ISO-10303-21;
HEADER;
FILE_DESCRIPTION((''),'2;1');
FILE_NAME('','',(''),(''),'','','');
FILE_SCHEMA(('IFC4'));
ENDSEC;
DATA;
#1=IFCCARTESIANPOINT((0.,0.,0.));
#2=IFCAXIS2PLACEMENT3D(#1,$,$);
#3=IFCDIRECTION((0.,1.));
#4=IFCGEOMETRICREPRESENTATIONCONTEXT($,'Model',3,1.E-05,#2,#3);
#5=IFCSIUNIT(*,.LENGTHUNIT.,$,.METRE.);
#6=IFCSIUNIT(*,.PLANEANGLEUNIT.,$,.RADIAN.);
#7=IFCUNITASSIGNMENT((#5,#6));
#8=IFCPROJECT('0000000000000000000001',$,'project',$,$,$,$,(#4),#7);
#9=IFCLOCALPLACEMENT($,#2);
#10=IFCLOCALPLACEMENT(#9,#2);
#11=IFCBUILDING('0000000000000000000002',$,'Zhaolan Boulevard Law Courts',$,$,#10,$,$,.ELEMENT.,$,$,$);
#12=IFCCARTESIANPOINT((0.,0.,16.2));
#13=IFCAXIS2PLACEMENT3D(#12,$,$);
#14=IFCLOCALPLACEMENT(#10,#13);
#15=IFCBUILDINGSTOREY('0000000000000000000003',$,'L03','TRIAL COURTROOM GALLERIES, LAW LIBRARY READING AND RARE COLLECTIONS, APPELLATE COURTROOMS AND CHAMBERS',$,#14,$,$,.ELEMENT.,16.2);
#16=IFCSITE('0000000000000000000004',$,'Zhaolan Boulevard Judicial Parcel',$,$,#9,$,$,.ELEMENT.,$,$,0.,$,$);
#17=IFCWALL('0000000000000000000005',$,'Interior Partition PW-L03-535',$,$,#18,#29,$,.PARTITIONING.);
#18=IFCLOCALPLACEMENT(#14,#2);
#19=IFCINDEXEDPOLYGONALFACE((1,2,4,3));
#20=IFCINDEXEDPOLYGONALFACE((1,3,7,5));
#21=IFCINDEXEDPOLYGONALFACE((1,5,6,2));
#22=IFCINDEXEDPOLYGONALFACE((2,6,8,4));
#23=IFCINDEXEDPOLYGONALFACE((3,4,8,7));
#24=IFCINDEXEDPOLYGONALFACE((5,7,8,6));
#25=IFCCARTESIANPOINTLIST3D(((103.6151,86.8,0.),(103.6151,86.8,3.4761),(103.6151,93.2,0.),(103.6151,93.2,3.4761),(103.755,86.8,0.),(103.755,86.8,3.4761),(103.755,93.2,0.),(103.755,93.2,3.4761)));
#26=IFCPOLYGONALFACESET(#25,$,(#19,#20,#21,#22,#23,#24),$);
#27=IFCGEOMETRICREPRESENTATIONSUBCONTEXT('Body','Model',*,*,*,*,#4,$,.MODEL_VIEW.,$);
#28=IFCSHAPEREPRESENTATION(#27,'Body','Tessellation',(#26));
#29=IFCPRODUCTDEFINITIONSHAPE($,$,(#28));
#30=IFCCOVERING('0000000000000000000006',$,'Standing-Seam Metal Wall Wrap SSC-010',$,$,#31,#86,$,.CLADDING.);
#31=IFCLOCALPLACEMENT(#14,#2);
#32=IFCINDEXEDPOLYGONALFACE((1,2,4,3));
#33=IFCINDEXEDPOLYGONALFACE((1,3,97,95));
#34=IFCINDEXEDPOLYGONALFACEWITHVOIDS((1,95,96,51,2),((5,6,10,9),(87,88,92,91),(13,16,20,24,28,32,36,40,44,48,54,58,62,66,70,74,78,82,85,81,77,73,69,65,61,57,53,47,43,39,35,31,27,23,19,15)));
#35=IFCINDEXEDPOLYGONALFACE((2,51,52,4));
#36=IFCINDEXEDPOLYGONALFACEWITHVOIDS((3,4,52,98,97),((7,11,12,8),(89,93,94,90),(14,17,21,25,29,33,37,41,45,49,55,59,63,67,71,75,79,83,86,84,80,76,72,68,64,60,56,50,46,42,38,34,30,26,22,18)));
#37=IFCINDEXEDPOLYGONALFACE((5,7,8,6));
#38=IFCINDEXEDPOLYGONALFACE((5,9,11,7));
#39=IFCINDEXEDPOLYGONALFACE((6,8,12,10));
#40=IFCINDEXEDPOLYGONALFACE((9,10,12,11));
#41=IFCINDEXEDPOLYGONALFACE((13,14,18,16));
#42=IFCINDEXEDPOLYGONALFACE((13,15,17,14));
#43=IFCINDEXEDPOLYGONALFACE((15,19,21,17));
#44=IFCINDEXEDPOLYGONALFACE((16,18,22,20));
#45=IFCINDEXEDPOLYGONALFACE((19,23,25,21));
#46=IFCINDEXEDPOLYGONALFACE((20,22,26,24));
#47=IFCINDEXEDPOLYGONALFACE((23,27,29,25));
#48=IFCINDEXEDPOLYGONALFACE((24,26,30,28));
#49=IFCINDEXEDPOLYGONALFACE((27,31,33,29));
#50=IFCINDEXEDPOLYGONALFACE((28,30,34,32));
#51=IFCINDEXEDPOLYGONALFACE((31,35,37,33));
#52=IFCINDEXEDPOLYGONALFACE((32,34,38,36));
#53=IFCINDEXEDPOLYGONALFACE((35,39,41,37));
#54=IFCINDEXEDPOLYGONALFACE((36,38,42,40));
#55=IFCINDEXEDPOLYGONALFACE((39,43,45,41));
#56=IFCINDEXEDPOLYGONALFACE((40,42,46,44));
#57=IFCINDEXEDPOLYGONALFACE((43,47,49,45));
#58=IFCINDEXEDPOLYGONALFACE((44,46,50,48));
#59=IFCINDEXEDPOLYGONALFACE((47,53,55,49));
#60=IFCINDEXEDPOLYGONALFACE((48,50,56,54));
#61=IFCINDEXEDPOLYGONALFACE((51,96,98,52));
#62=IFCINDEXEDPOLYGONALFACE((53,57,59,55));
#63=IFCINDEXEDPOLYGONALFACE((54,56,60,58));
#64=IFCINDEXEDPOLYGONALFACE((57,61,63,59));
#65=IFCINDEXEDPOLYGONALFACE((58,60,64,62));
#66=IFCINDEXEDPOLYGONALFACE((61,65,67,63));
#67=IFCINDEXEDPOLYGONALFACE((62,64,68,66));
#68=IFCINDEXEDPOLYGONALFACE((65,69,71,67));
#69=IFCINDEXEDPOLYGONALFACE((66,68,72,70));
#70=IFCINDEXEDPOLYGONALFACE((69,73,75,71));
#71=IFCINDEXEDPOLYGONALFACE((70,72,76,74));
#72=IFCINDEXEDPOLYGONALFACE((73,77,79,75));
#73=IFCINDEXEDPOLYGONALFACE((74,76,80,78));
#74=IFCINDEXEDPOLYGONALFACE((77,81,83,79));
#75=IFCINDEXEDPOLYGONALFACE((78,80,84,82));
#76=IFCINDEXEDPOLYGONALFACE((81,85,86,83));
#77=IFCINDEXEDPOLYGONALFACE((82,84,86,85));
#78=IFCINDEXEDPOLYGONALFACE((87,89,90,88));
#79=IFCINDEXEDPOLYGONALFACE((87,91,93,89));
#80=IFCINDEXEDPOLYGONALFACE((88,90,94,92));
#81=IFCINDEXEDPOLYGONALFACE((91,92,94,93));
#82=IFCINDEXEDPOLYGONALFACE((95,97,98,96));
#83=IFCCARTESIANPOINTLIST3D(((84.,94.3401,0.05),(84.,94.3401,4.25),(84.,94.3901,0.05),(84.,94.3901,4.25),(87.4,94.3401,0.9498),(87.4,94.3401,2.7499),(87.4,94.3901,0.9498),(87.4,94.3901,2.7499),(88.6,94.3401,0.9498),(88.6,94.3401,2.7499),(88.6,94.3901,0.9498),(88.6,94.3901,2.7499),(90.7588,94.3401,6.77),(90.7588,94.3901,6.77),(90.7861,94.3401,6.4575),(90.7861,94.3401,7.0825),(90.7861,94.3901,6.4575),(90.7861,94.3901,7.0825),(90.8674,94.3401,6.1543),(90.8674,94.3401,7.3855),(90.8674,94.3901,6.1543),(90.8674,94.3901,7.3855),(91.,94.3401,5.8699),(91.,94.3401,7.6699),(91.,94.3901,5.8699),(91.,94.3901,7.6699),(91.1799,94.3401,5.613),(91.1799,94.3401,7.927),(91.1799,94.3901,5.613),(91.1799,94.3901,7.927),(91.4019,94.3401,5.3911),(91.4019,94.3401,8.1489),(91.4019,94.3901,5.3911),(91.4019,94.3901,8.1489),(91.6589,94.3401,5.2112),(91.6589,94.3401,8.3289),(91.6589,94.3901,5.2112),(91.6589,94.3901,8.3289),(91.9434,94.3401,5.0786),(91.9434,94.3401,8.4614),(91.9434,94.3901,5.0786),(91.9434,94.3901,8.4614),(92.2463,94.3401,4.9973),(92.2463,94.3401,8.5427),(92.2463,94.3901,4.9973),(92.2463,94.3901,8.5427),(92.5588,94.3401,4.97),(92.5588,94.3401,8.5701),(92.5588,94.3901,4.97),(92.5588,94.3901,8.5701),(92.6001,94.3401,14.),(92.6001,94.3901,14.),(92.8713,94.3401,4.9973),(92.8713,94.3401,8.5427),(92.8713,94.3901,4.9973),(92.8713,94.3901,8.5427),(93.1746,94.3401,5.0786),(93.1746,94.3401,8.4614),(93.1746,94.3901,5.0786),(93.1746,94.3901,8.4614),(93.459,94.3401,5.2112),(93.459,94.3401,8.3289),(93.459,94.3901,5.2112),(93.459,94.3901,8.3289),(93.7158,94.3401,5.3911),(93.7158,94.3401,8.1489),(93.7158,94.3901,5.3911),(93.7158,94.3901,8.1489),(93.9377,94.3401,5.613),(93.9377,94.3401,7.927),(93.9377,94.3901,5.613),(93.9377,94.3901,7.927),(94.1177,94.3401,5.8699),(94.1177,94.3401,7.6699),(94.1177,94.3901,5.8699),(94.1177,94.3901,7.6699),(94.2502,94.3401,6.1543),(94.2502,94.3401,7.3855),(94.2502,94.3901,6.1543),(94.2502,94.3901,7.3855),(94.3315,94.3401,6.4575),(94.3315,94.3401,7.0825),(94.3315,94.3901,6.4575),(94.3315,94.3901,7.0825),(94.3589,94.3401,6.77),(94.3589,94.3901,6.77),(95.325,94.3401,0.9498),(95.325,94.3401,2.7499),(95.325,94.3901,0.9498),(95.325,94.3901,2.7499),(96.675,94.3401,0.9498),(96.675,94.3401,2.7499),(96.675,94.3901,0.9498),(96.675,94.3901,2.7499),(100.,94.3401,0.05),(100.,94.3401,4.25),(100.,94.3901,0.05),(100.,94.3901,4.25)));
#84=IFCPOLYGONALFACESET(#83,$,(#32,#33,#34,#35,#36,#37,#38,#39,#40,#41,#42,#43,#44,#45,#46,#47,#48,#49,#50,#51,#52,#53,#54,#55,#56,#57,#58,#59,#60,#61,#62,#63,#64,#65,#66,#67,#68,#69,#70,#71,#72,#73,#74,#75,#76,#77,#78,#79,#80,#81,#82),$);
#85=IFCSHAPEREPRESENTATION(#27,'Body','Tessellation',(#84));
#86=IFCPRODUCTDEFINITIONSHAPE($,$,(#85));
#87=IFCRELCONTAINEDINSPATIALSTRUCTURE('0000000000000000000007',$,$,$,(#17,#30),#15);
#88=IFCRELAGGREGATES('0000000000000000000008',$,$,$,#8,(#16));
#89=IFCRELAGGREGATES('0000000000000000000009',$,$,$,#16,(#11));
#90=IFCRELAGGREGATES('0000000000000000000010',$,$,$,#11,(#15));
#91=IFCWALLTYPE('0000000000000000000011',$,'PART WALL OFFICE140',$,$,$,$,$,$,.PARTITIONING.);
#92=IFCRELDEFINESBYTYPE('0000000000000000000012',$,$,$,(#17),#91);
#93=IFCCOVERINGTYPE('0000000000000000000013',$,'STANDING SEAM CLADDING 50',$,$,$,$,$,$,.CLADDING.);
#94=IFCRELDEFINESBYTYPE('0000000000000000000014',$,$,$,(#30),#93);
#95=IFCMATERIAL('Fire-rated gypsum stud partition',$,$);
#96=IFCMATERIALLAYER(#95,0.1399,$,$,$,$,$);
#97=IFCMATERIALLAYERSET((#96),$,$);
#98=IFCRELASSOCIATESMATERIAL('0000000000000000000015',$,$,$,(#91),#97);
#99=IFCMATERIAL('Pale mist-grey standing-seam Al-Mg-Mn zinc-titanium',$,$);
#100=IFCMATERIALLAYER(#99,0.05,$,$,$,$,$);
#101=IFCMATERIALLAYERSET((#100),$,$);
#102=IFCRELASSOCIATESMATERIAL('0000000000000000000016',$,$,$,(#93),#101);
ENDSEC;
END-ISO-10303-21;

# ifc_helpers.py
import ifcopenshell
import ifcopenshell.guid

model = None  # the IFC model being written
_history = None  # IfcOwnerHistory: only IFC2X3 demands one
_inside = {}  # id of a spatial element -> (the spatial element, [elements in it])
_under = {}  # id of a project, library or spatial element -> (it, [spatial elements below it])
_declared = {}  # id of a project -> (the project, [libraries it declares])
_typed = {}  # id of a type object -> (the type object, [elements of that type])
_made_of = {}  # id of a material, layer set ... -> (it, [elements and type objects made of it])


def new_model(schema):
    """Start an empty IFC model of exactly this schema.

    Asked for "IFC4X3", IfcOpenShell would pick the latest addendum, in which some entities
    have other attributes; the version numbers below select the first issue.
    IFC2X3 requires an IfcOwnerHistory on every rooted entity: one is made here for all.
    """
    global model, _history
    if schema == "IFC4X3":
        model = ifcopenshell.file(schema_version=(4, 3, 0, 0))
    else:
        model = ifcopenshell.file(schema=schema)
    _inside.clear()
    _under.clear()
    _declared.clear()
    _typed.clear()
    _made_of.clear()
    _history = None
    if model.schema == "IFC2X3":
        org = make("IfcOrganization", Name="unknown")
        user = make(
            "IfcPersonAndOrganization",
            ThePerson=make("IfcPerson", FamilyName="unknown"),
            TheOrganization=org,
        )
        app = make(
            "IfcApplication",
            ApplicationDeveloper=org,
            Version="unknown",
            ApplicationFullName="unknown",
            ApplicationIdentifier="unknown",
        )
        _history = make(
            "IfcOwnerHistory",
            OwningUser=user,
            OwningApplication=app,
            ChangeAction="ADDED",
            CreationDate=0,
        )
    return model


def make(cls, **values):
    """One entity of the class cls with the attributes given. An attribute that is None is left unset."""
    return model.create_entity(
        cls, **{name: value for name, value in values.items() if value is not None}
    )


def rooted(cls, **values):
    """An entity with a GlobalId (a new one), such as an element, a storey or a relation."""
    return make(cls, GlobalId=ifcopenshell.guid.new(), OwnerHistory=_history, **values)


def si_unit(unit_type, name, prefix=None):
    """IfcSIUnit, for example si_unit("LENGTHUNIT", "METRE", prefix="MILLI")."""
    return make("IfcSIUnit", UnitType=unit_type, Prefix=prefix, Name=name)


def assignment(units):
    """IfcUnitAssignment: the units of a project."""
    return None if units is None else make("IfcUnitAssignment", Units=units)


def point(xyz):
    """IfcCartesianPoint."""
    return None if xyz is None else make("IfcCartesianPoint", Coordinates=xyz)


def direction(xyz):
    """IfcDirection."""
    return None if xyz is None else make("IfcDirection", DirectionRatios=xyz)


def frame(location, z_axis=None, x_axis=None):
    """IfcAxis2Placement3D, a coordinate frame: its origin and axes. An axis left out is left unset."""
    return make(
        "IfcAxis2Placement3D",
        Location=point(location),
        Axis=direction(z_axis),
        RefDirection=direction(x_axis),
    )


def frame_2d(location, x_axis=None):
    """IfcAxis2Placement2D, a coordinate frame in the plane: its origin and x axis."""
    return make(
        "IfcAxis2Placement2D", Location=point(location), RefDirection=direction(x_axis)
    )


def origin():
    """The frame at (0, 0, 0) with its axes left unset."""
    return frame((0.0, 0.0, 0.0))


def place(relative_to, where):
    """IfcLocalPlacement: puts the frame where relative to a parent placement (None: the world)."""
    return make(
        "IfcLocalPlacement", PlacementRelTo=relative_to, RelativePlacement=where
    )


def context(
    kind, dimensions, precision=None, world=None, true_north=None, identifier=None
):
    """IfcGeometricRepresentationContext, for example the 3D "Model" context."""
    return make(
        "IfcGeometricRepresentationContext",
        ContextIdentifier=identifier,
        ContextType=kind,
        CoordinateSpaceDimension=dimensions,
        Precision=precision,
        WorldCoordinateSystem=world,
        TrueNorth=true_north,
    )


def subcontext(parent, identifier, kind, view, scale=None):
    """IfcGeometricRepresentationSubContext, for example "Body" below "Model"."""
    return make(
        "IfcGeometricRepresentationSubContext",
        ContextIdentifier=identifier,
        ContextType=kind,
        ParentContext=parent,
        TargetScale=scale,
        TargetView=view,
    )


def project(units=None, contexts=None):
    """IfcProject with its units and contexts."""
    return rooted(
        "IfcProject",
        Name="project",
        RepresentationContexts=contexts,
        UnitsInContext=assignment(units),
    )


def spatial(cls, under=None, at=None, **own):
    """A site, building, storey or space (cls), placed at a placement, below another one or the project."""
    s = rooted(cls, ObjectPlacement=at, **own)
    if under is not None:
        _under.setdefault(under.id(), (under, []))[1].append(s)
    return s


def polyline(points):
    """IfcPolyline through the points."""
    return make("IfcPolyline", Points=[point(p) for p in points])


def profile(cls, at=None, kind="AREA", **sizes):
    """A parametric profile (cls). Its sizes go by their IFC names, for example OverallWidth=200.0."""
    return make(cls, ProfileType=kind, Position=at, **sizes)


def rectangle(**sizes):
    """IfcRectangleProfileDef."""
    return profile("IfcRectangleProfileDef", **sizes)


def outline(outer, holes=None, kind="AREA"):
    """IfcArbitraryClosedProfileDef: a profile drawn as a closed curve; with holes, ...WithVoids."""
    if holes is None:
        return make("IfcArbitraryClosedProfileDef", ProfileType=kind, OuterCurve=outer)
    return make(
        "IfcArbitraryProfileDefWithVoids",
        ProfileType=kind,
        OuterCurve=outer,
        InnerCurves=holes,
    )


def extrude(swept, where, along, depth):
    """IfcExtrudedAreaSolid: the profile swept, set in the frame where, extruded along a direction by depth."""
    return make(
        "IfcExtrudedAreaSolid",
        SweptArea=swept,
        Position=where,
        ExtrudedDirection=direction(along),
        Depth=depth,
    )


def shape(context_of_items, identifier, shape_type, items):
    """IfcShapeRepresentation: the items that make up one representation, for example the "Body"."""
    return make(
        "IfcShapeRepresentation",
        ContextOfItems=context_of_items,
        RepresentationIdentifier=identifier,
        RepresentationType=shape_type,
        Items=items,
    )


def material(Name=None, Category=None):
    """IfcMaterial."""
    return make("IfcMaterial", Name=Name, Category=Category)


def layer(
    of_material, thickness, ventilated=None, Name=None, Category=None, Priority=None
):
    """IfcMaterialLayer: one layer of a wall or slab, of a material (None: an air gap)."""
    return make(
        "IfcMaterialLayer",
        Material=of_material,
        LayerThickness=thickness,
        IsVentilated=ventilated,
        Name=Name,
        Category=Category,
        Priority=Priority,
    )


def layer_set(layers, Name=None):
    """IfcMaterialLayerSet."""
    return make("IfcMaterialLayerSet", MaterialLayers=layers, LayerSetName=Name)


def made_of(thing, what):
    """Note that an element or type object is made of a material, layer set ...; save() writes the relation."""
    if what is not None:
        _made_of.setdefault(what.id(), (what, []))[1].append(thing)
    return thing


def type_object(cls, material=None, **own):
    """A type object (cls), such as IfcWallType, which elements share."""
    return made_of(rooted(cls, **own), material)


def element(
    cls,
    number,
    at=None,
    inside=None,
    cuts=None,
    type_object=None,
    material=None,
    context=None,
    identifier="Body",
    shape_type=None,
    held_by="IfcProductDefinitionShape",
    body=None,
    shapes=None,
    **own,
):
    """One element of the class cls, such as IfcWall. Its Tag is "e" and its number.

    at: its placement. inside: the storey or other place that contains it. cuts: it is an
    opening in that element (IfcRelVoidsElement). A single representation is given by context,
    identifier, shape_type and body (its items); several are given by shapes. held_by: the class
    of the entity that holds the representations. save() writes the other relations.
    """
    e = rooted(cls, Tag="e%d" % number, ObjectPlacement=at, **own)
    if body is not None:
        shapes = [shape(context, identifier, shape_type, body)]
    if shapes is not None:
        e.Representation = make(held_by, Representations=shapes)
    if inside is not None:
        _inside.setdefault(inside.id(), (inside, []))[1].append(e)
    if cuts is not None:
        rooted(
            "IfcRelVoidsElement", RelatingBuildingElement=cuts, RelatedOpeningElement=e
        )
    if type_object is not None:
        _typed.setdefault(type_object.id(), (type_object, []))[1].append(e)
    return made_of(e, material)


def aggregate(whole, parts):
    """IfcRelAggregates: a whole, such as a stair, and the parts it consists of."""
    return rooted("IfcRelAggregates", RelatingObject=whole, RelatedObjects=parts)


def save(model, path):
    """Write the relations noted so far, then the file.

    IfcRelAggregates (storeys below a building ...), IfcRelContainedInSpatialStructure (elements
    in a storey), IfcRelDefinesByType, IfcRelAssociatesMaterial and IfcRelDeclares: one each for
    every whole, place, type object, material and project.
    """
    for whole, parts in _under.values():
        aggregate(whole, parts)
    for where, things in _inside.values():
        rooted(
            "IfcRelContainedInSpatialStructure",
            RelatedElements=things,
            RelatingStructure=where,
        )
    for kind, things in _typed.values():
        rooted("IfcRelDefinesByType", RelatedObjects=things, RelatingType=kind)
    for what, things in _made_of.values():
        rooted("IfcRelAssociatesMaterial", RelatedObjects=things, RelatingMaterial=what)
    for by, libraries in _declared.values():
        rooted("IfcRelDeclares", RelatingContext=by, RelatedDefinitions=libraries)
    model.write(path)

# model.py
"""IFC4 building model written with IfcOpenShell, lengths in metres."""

from ifc_helpers import new_model, si_unit, direction, frame, frame_2d, origin, place, context, subcontext, project, spatial, polyline, rectangle, outline, extrude, material, layer, layer_set, type_object, element, save


model = new_model("IFC4")

# Units and contexts
model_context = context("Model", 3, precision=1e-05, world=origin(), true_north=direction((0.0, 1.0)))
body_context = subcontext(model_context, "Body", "Model", "MODEL_VIEW")
ifc_project = project(units=[si_unit("LENGTHUNIT", "METRE"), si_unit("PLANEANGLEUNIT", "RADIAN")], contexts=[model_context])

# Site, building, storey
site_placement = place(None, origin())
site = spatial("IfcSite", under=ifc_project, at=site_placement, Name="Zhaolan Boulevard Judicial Parcel", CompositionType="ELEMENT", RefElevation=0.0)
building_placement = place(site_placement, origin())
building = spatial("IfcBuilding", under=site, at=building_placement, Name="Zhaolan Boulevard Law Courts", CompositionType="ELEMENT")
storey_placement = place(building_placement, frame((0.0, 0.0, 16.2)))
storey = spatial("IfcBuildingStorey", under=building, at=storey_placement, Name="L03", Description="TRIAL COURTROOM GALLERIES, LAW LIBRARY READING AND RARE COLLECTIONS, APPELLATE COURTROOMS AND CHAMBERS", CompositionType="ELEMENT", Elevation=16.2)

# Shared definitions
ifc_material_1 = material(Name="Fire-rated gypsum stud partition")
ifc_layer_1 = layer(ifc_material_1, 0.1399)
ifc_layer_set_1 = layer_set([ifc_layer_1])
wall_type_1 = type_object("IfcWallType", Name="PART WALL OFFICE140", PredefinedType="PARTITIONING", material=ifc_layer_set_1)

# Wall
wall_1_placement = place(storey_placement, frame((103.6851, 86.8, 0.0), z_axis=(0.0, 0.0, 1.0), x_axis=(0.0, 1.0, 0.0)))
element("IfcWall", 1, at=wall_1_placement, inside=storey, type_object=wall_type_1, Name="Interior Partition PW-L03-535", PredefinedType="PARTITIONING", context=body_context, shape_type="SweptSolid", body=[
    extrude(rectangle(XDim=6.3999, YDim=0.1399, at=frame_2d((3.2, 0.0))), origin(), (0.0, 0.0, 1.0), 3.4761),
])

# Covering, openings
ifc_material_2 = material(Name="Pale mist-grey standing-seam Al-Mg-Mn zinc-titanium")
ifc_layer_2 = layer(ifc_material_2, 0.05)
ifc_layer_set_2 = layer_set([ifc_layer_2])
covering_type = type_object("IfcCoveringType", Name="STANDING SEAM CLADDING 50", PredefinedType="CLADDING", material=ifc_layer_set_2)
covering_placement = place(storey_placement, frame((100.0, 94.365, 0.05), z_axis=(0.0, 0.0, 1.0), x_axis=(-1.0, 0.0, 0.0)))
covering = element("IfcCovering", 2, at=covering_placement, inside=storey, type_object=covering_type, Name="Standing-Seam Metal Wall Wrap SSC-010", PredefinedType="CLADDING", context=body_context, shape_type="SweptSolid", body=[
    extrude(outline(polyline([(0.0, 0.0), (16.0, 0.0), (16.0, 4.2), (7.3999, 13.95), (0.0, 4.2), (0.0, 0.0)])), frame((0.0, 0.0249, 0.0), z_axis=(0.0, -1.0, 0.0), x_axis=(1.0, 0.0, 0.0)), (0.0, 0.0, 1.0), 0.05),
])
opening_1_placement = place(storey_placement, frame((88.6001, 94.365, 0.95), z_axis=(0.0, 0.0, 1.0), x_axis=(-1.0, 0.0, 0.0)))
element("IfcOpeningElement", 3, at=opening_1_placement, cuts=covering, PredefinedType="OPENING", context=body_context, shape_type="SweptSolid", body=[
    extrude(rectangle(XDim=1.2, YDim=1.8, at=frame_2d((0.6001, 0.8999))), frame((0.0, 0.1499, 0.0), z_axis=(0.0, -1.0, 0.0), x_axis=(1.0, 0.0, 0.0)), (0.0, 0.0, 1.0), 0.3),
])
opening_2_placement = place(storey_placement, frame((96.675, 94.365, 0.95), z_axis=(0.0, 0.0, 1.0), x_axis=(-1.0, 0.0, 0.0)))
element("IfcOpeningElement", 4, at=opening_2_placement, cuts=covering, PredefinedType="OPENING", context=body_context, shape_type="SweptSolid", body=[
    extrude(rectangle(XDim=1.3501, YDim=1.8, at=frame_2d((0.675, 0.8999))), frame((0.0, 0.1499, 0.0), z_axis=(0.0, -1.0, 0.0), x_axis=(1.0, 0.0, 0.0)), (0.0, 0.0, 1.0), 0.3),
])
opening_3_placement = place(storey_placement, frame((94.3589, 94.365, 4.97), z_axis=(0.0, 0.0, 1.0), x_axis=(-1.0, 0.0, 0.0)))
element("IfcOpeningElement", 5, at=opening_3_placement, cuts=covering, PredefinedType="OPENING", context=body_context, shape_type="SweptSolid", body=[
    extrude(outline(polyline([(3.6001, 1.8), (3.5728, 2.1125), (3.4915, 2.4155), (3.3589, 2.7), (3.179, 2.957), (2.957, 3.179), (2.7, 3.3589), (2.4155, 3.4915), (2.1125, 3.5728), (1.8, 3.6001), (1.4875, 3.5728), (1.1843, 3.4915), (0.8999, 3.3589), (0.6431, 3.179), (0.4211, 2.957), (0.2412, 2.7), (0.1086, 2.4155), (0.0273, 2.1125), (0.0, 1.8), (0.0273, 1.4875), (0.1086, 1.1843), (0.2412, 0.8999), (0.4211, 0.6431), (0.6431, 0.4211), (0.8999, 0.2412), (1.1843, 0.1086), (1.4875, 0.0273), (1.8, 0.0), (2.1125, 0.0273), (2.4155, 0.1086), (2.7, 0.2412), (2.957, 0.4211), (3.179, 0.6431), (3.3589, 0.8999), (3.4915, 1.1843), (3.5728, 1.4875), (3.6001, 1.8)])), frame((0.0, 0.1499, 0.0), z_axis=(0.0, -1.0, 0.0), x_axis=(1.0, 0.0, 0.0)), (0.0, 0.0, 1.0), 0.3),
])

save(model, "model.ifc")
